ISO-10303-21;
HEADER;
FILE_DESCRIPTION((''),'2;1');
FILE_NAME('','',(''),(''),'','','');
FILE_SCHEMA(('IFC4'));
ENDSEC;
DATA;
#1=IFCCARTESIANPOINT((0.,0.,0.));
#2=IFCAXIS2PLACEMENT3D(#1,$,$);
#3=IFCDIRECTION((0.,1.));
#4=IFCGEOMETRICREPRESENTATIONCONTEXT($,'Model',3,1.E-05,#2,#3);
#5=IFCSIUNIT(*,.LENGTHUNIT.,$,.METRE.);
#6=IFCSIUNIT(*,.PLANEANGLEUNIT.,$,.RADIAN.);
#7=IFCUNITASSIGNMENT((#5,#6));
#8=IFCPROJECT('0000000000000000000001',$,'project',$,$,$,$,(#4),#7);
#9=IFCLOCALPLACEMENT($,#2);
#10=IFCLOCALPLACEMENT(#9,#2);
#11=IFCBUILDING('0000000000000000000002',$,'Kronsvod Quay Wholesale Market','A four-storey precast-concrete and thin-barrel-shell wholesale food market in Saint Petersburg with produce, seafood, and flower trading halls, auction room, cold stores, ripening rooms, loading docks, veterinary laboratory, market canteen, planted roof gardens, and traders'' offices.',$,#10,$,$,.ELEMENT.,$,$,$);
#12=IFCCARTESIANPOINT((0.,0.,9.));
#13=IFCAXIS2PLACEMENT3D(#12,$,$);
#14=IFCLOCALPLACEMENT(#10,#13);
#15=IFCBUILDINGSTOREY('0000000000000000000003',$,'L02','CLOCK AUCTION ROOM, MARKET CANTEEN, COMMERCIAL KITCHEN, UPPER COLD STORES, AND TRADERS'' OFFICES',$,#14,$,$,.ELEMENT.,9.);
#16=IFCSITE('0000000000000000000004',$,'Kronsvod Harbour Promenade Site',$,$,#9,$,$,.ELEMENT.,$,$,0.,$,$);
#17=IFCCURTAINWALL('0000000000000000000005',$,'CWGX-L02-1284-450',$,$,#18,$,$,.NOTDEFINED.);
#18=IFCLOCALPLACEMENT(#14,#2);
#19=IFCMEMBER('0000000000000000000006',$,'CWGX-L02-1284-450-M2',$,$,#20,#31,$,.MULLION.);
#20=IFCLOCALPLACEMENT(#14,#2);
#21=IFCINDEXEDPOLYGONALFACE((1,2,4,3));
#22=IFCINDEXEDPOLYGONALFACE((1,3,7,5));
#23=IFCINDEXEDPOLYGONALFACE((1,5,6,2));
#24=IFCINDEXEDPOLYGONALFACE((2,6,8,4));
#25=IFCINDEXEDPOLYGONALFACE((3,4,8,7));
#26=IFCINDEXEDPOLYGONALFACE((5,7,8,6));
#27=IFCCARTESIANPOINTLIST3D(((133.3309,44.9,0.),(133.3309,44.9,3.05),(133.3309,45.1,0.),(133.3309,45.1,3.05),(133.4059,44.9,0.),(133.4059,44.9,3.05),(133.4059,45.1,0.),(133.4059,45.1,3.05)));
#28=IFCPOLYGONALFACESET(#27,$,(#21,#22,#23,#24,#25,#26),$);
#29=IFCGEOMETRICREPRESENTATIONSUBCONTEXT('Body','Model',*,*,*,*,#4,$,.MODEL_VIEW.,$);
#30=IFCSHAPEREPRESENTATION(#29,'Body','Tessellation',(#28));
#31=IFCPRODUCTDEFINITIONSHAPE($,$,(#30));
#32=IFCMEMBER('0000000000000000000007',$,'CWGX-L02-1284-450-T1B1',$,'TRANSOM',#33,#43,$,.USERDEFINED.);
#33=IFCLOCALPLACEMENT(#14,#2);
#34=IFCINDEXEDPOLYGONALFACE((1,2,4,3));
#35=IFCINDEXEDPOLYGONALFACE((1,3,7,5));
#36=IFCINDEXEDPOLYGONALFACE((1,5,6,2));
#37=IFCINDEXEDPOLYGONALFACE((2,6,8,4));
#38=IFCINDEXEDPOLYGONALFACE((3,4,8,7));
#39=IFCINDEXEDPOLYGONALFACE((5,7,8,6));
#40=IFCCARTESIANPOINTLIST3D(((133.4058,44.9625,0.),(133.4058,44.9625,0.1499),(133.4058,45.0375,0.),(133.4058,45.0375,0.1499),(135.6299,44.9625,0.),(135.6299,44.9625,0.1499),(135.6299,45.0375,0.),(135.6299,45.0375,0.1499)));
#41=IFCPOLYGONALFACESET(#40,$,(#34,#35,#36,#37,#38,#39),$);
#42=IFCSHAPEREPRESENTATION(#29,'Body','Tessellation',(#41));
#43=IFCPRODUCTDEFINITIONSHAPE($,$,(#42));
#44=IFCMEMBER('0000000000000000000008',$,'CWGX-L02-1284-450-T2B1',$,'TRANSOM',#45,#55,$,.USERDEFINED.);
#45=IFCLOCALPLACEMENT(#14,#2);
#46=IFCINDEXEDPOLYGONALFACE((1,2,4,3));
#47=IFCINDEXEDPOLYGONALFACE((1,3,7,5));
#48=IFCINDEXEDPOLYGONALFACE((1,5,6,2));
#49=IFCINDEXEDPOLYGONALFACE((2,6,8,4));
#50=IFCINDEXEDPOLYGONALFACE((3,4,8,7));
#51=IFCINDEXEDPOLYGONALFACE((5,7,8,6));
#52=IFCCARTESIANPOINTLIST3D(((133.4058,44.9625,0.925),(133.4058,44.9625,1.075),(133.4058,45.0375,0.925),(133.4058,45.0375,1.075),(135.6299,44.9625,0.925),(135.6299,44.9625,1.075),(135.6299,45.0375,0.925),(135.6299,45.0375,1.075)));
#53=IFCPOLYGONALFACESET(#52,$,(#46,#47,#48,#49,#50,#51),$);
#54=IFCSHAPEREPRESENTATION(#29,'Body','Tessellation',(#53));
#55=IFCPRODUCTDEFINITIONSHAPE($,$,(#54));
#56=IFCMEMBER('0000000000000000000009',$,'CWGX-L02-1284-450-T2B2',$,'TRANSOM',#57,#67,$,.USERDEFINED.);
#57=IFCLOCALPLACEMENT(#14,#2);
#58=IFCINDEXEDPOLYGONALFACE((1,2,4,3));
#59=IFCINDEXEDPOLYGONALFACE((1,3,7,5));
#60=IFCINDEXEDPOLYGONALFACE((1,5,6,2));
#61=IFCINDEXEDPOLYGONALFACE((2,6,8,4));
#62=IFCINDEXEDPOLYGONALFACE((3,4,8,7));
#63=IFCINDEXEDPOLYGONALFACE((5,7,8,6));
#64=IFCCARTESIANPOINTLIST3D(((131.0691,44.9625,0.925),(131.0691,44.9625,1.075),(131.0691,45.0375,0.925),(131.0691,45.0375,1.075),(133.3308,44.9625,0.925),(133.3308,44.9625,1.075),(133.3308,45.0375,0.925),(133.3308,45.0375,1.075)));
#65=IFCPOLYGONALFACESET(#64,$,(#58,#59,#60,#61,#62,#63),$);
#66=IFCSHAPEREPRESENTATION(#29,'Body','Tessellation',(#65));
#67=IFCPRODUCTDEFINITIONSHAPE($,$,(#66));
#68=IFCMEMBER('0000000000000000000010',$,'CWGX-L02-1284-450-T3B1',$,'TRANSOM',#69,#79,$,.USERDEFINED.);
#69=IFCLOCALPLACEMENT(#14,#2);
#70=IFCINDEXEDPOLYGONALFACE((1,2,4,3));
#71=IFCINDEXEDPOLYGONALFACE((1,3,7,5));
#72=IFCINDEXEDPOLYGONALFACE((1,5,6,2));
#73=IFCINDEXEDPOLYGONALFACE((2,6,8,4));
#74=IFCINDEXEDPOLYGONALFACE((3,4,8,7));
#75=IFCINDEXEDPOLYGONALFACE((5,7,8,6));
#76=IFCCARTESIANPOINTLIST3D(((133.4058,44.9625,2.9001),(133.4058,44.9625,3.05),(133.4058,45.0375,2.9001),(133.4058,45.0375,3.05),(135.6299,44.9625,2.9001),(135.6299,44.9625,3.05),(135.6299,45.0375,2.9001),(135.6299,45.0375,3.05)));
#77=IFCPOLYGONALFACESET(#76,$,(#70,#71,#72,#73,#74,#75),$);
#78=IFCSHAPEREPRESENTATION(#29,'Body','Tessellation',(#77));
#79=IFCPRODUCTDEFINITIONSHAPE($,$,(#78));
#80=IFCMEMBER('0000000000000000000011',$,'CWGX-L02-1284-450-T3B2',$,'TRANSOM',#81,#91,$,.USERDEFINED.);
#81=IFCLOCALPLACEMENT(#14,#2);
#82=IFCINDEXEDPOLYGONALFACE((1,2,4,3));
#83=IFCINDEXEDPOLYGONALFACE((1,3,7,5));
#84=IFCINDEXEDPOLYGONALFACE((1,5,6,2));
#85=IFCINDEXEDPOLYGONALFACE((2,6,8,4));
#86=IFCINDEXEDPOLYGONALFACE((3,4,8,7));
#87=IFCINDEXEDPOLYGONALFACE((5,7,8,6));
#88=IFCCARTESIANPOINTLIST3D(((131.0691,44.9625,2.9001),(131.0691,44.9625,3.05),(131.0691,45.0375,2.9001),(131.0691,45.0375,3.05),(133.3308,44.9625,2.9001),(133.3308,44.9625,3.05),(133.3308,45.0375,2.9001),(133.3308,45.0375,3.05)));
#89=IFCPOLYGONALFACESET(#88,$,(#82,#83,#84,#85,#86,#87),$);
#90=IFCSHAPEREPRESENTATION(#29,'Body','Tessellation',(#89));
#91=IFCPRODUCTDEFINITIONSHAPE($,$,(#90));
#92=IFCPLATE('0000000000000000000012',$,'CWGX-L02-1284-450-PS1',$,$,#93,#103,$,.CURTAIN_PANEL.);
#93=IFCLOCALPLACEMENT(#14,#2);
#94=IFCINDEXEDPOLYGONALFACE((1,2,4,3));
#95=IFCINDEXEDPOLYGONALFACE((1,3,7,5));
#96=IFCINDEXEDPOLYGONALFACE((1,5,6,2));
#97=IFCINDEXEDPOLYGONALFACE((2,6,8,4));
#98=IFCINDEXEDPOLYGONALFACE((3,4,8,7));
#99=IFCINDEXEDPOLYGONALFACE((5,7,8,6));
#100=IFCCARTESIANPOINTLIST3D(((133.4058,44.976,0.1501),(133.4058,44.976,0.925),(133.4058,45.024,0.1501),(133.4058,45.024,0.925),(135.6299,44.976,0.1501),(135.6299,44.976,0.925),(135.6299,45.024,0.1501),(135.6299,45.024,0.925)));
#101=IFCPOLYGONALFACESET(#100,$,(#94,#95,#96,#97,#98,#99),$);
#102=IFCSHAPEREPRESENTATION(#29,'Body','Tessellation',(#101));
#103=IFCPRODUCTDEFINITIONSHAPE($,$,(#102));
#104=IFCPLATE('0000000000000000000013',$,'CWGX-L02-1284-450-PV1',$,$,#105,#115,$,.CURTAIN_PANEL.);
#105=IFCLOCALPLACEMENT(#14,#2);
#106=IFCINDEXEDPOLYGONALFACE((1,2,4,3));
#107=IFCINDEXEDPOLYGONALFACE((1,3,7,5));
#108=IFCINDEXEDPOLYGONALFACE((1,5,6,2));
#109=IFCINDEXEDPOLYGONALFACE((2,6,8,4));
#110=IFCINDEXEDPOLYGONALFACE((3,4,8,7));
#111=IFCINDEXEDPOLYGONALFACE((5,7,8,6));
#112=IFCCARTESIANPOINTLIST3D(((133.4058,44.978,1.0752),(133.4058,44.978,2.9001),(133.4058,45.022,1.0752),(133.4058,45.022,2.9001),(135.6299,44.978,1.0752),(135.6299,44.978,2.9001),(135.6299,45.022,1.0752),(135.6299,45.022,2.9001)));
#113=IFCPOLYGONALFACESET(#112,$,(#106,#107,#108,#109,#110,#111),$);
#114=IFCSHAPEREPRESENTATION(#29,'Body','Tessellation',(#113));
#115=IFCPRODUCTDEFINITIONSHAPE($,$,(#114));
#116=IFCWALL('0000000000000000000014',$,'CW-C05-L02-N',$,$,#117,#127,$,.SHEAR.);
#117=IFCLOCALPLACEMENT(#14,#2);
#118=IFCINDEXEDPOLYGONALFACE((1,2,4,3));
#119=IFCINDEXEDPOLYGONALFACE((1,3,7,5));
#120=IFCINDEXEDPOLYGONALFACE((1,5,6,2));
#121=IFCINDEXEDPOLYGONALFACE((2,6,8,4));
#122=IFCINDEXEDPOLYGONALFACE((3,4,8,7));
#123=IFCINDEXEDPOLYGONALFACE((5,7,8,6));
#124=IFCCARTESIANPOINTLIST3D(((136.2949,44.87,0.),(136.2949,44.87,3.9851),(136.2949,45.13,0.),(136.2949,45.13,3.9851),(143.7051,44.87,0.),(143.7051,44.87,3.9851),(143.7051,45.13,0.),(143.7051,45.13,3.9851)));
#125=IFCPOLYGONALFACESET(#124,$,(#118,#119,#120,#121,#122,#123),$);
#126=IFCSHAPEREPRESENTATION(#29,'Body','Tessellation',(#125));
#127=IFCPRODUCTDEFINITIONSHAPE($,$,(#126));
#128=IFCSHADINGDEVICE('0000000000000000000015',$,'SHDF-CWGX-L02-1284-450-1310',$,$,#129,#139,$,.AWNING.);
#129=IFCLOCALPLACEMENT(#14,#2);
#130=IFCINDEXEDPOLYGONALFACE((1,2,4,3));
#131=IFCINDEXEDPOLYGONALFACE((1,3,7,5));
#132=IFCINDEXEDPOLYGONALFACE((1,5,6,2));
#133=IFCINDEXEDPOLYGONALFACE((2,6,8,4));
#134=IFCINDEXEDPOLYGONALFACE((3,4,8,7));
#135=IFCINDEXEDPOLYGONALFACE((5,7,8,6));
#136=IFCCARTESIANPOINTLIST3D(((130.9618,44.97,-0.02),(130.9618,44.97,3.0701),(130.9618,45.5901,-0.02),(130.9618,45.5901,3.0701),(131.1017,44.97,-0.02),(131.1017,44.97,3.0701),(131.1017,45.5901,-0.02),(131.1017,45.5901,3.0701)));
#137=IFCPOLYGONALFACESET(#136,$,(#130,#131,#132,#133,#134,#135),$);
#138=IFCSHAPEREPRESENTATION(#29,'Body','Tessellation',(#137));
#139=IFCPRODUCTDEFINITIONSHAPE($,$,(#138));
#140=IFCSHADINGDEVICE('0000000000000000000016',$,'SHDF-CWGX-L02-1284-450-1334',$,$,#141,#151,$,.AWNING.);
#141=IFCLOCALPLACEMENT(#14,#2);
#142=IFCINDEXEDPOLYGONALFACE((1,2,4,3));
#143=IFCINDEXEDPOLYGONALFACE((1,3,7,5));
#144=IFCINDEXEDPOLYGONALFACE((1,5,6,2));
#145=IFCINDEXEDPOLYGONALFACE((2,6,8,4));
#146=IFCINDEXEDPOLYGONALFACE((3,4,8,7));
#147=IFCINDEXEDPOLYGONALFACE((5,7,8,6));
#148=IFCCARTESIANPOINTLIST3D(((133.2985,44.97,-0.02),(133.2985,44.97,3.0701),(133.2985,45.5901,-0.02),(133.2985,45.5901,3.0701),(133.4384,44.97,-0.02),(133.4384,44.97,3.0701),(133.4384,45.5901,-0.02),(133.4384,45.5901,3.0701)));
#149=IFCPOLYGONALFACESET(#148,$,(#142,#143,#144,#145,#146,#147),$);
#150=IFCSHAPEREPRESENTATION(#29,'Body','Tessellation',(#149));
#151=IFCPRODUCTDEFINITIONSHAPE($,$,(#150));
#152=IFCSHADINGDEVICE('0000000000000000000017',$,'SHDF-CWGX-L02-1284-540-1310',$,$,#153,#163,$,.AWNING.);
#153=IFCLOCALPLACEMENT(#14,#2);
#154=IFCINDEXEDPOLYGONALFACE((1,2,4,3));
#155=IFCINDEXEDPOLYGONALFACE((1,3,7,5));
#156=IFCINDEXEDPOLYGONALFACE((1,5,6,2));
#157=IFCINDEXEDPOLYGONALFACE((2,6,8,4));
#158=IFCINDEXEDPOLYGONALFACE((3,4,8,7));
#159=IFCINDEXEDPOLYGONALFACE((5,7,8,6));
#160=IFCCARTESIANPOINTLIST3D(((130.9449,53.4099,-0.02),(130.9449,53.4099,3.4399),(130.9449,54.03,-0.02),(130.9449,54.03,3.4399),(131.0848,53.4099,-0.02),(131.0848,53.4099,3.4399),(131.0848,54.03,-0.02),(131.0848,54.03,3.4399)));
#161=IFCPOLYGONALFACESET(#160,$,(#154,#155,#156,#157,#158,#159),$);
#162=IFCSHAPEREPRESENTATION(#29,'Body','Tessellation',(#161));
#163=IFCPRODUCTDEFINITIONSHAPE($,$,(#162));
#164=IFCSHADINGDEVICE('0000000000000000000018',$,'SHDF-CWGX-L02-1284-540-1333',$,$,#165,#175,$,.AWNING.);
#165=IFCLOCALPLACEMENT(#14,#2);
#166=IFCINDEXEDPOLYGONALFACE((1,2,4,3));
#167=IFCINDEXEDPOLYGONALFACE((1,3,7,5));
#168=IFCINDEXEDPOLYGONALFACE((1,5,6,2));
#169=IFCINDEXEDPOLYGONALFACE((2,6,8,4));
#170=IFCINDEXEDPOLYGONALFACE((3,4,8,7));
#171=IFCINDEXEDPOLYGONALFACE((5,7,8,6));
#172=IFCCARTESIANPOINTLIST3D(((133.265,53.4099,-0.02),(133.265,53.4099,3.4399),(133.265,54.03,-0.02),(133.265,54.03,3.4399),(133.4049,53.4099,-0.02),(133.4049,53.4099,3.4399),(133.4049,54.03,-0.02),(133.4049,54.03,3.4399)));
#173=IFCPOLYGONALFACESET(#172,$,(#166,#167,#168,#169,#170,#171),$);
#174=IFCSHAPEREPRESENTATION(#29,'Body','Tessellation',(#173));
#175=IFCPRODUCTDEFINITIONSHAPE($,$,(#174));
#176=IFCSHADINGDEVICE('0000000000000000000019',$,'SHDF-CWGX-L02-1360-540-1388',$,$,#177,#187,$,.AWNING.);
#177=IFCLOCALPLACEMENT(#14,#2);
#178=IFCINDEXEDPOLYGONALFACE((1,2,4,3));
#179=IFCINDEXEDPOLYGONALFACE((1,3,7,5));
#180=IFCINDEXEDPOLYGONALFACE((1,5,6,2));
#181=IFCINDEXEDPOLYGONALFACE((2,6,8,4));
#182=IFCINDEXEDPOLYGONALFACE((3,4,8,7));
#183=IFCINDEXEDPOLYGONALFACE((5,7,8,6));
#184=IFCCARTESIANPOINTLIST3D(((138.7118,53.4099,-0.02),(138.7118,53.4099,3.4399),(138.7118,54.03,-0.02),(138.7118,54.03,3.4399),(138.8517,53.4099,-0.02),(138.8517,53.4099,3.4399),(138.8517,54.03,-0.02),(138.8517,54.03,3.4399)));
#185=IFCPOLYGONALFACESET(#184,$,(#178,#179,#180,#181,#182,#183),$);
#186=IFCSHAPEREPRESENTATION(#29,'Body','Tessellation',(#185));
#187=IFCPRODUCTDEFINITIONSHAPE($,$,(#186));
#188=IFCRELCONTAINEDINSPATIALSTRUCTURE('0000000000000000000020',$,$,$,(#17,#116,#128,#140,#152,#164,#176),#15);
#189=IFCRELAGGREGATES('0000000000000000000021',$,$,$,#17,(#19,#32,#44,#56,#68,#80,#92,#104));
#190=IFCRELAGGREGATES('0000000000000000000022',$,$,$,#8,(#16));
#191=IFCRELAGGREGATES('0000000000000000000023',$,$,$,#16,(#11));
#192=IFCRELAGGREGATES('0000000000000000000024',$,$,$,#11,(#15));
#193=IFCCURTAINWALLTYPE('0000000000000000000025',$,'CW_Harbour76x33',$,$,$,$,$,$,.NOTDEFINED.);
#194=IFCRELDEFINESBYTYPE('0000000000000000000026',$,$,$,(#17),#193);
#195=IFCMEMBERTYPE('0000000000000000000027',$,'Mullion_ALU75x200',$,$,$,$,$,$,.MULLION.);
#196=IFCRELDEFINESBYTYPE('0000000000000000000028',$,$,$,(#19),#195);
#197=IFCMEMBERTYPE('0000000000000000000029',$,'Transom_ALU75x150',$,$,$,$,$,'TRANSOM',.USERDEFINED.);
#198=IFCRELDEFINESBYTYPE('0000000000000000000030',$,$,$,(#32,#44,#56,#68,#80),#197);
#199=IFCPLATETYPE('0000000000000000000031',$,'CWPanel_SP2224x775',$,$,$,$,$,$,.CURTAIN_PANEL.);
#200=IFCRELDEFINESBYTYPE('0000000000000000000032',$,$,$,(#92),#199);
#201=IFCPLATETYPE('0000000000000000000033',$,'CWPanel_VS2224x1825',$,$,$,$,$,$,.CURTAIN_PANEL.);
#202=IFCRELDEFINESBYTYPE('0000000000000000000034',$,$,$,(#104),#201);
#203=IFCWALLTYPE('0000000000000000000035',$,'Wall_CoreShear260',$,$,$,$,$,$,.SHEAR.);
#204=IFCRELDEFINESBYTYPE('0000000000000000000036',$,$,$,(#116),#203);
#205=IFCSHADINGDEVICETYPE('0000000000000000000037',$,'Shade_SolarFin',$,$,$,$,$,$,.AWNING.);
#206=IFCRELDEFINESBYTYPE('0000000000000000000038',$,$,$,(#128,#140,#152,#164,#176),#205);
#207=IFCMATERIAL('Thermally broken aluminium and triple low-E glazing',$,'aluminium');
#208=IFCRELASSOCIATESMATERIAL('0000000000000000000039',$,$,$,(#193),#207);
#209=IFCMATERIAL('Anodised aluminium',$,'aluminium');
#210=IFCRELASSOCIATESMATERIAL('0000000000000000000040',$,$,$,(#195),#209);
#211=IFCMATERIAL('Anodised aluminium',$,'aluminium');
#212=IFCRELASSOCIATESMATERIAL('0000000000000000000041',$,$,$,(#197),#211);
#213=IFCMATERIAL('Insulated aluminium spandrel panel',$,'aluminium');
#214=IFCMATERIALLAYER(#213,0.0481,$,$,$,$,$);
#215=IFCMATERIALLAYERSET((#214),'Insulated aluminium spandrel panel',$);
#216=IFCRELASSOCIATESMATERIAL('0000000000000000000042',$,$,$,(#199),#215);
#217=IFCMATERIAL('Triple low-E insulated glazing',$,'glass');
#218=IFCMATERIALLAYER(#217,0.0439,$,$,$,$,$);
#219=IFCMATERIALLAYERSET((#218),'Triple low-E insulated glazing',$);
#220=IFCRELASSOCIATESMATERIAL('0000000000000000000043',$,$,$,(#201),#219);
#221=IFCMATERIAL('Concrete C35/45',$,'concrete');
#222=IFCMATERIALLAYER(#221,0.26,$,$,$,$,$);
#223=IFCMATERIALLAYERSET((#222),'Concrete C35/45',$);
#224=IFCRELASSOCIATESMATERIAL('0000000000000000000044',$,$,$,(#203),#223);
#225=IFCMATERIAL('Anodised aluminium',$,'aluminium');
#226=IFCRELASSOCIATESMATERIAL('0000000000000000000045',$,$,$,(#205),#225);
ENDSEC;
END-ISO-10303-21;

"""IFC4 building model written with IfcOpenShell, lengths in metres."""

from ifc_helpers import new_model, si_unit, direction, frame, frame_2d, origin, origin_2d, place, context, subcontext, project, spatial, rectangle, extrude, material, layer, layer_set, material_profile, profile_set, type_object, element, aggregate, save


model = new_model("IFC4")

# Units and contexts
model_context = context("Model", 3, precision=1e-05, world=origin(), true_north=direction((0.0, 1.0)))
body_context = subcontext(model_context, "Body", "Model", "MODEL_VIEW")
ifc_project = project(units=[si_unit("LENGTHUNIT", "METRE"), si_unit("PLANEANGLEUNIT", "RADIAN")], contexts=[model_context])

# Site, building, storey
site_placement = place(None, origin())
site = spatial("IfcSite", under=ifc_project, at=site_placement, Name="Kronsvod Harbour Promenade Site", CompositionType="ELEMENT", RefElevation=0.0)
building_placement = place(site_placement, origin())
building = spatial("IfcBuilding", under=site, at=building_placement, Name="Kronsvod Quay Wholesale Market", Description="A four-storey precast-concrete and thin-barrel-shell wholesale food market in Saint Petersburg with produce, seafood, and flower trading halls, auction room, cold stores, ripening rooms, loading docks, veterinary laboratory, market canteen, planted roof gardens, and traders' offices.", CompositionType="ELEMENT")
storey_placement = place(building_placement, frame((0.0, 0.0, 9.0)))
storey = spatial("IfcBuildingStorey", under=building, at=storey_placement, Name="L02", Description="CLOCK AUCTION ROOM, MARKET CANTEEN, COMMERCIAL KITCHEN, UPPER COLD STORES, AND TRADERS' OFFICES", CompositionType="ELEMENT", Elevation=9.0)

# Curtain wall, members, plates
ifc_material_1 = material(Name="Thermally broken aluminium and triple low-E glazing", Category="aluminium")
curtain_wall_type = type_object("IfcCurtainWallType", Name="CW_Harbour76x33", PredefinedType="NOTDEFINED", material=ifc_material_1)
curtain_wall_placement = place(storey_placement, origin())
curtain_wall = element("IfcCurtainWall", 1, at=curtain_wall_placement, inside=storey, type_object=curtain_wall_type, Name="CWGX-L02-1284-450", PredefinedType="NOTDEFINED")
ifc_material_2 = material(Name="Anodised aluminium", Category="aluminium")
ifc_material_profile_1 = material_profile(ifc_material_2, rectangle(XDim=0.075, YDim=0.2, at=origin_2d()), Name="ALUM75x200")
ifc_profile_set_1 = profile_set([ifc_material_profile_1], Name="Anodised aluminium")
member_type_1 = type_object("IfcMemberType", Name="Mullion_ALU75x200", PredefinedType="MULLION", material=ifc_profile_set_1)
member_1_placement = place(storey_placement, frame((133.3684, 45.0, 0.0), z_axis=(0.0, 0.0, 1.0), x_axis=(1.0, 0.0, 0.0)))
member_1 = element("IfcMember", 2, at=member_1_placement, type_object=member_type_1, Name="CWGX-L02-1284-450-M2", PredefinedType="MULLION", context=body_context, shape_type="SweptSolid", body=[
    extrude(rectangle(XDim=0.075, YDim=0.2, at=origin_2d()), origin(), (0.0, 0.0, 1.0), 3.05),
])
ifc_material_3 = material(Name="Anodised aluminium", Category="aluminium")
ifc_material_profile_2 = material_profile(ifc_material_3, rectangle(XDim=0.075, YDim=0.1499, at=origin_2d()), Name="ALUT75x150")
ifc_profile_set_2 = profile_set([ifc_material_profile_2], Name="Anodised aluminium")
member_type_2 = type_object("IfcMemberType", Name="Transom_ALU75x150", ElementType="TRANSOM", PredefinedType="USERDEFINED", material=ifc_profile_set_2)
member_2_placement = place(storey_placement, frame((135.6299, 45.0, 0.075), z_axis=(-1.0, 0.0, 0.0), x_axis=(0.0, -1.0, 0.0)))
member_2 = element("IfcMember", 3, at=member_2_placement, type_object=member_type_2, Name="CWGX-L02-1284-450-T1B1", ObjectType="TRANSOM", PredefinedType="USERDEFINED", context=body_context, shape_type="SweptSolid", body=[
    extrude(rectangle(XDim=0.075, YDim=0.1499, at=origin_2d()), origin(), (0.0, 0.0, 1.0), 2.2241),
])
member_3_placement = place(storey_placement, frame((135.6299, 45.0, 1.0), z_axis=(-1.0, 0.0, 0.0), x_axis=(0.0, -1.0, 0.0)))
member_3 = element("IfcMember", 4, at=member_3_placement, type_object=member_type_2, Name="CWGX-L02-1284-450-T2B1", ObjectType="TRANSOM", PredefinedType="USERDEFINED", context=body_context, shape_type="SweptSolid", body=[
    extrude(rectangle(XDim=0.075, YDim=0.1499, at=origin_2d()), origin(), (0.0, 0.0, 1.0), 2.2241),
])
member_4_placement = place(storey_placement, frame((133.3308, 45.0, 1.0), z_axis=(-1.0, 0.0, 0.0), x_axis=(0.0, -1.0, 0.0)))
member_4 = element("IfcMember", 5, at=member_4_placement, type_object=member_type_2, Name="CWGX-L02-1284-450-T2B2", ObjectType="TRANSOM", PredefinedType="USERDEFINED", context=body_context, shape_type="SweptSolid", body=[
    extrude(rectangle(XDim=0.075, YDim=0.1499, at=origin_2d()), origin(), (0.0, 0.0, 1.0), 2.2617),
])
member_5_placement = place(storey_placement, frame((135.6299, 45.0, 2.9751), z_axis=(-1.0, 0.0, 0.0), x_axis=(0.0, -1.0, 0.0)))
member_5 = element("IfcMember", 6, at=member_5_placement, type_object=member_type_2, Name="CWGX-L02-1284-450-T3B1", ObjectType="TRANSOM", PredefinedType="USERDEFINED", context=body_context, shape_type="SweptSolid", body=[
    extrude(rectangle(XDim=0.075, YDim=0.1499, at=origin_2d()), origin(), (0.0, 0.0, 1.0), 2.2241),
])
member_6_placement = place(storey_placement, frame((133.3308, 45.0, 2.9751), z_axis=(-1.0, 0.0, 0.0), x_axis=(0.0, -1.0, 0.0)))
member_6 = element("IfcMember", 7, at=member_6_placement, type_object=member_type_2, Name="CWGX-L02-1284-450-T3B2", ObjectType="TRANSOM", PredefinedType="USERDEFINED", context=body_context, shape_type="SweptSolid", body=[
    extrude(rectangle(XDim=0.075, YDim=0.1499, at=origin_2d()), origin(), (0.0, 0.0, 1.0), 2.2617),
])
ifc_material_4 = material(Name="Insulated aluminium spandrel panel", Category="aluminium")
ifc_layer_1 = layer(ifc_material_4, 0.0481)
ifc_layer_set_1 = layer_set([ifc_layer_1], Name="Insulated aluminium spandrel panel")
plate_type_1 = type_object("IfcPlateType", Name="CWPanel_SP2224x775", PredefinedType="CURTAIN_PANEL", material=ifc_layer_set_1)
plate_1_placement = place(storey_placement, frame((134.5178, 45.0, 0.1501), z_axis=(0.0, 0.0, 1.0), x_axis=(-1.0, 0.0, 0.0)))
plate_1 = element("IfcPlate", 8, at=plate_1_placement, type_object=plate_type_1, Name="CWGX-L02-1284-450-PS1", PredefinedType="CURTAIN_PANEL", context=body_context, shape_type="SweptSolid", body=[
    extrude(rectangle(XDim=2.2241, YDim=0.0481, at=origin_2d()), origin(), (0.0, 0.0, 1.0), 0.7749),
])
ifc_material_5 = material(Name="Triple low-E insulated glazing", Category="glass")
ifc_layer_2 = layer(ifc_material_5, 0.0439)
ifc_layer_set_2 = layer_set([ifc_layer_2], Name="Triple low-E insulated glazing")
plate_type_2 = type_object("IfcPlateType", Name="CWPanel_VS2224x1825", PredefinedType="CURTAIN_PANEL", material=ifc_layer_set_2)
plate_2_placement = place(storey_placement, frame((134.5178, 45.0, 1.0752), z_axis=(0.0, 0.0, 1.0), x_axis=(-1.0, 0.0, 0.0)))
plate_2 = element("IfcPlate", 9, at=plate_2_placement, type_object=plate_type_2, Name="CWGX-L02-1284-450-PV1", PredefinedType="CURTAIN_PANEL", context=body_context, shape_type="SweptSolid", body=[
    extrude(rectangle(XDim=2.2241, YDim=0.0439, at=origin_2d()), origin(), (0.0, 0.0, 1.0), 1.825),
])
aggregate(curtain_wall, [member_1, member_2, member_3, member_4, member_5, member_6, plate_1, plate_2])

# Wall
ifc_material_6 = material(Name="Concrete C35/45", Category="concrete")
ifc_layer_3 = layer(ifc_material_6, 0.26)
ifc_layer_set_3 = layer_set([ifc_layer_3], Name="Concrete C35/45")
wall_type = type_object("IfcWallType", Name="Wall_CoreShear260", PredefinedType="SHEAR", material=ifc_layer_set_3)
wall_placement = place(storey_placement, frame((136.2949, 45.0, 0.0), z_axis=(0.0, 0.0, 1.0), x_axis=(1.0, 0.0, 0.0)))
element("IfcWall", 10, at=wall_placement, inside=storey, type_object=wall_type, Name="CW-C05-L02-N", PredefinedType="SHEAR", context=body_context, shape_type="SweptSolid", body=[
    extrude(rectangle(XDim=7.4102, YDim=0.26, at=frame_2d((3.7051, 0.0))), origin(), (0.0, 0.0, 1.0), 3.9851),
])

# Shading devices
ifc_material_7 = material(Name="Anodised aluminium", Category="aluminium")
shading_device_type_1 = type_object("IfcShadingDeviceType", Name="Shade_SolarFin", PredefinedType="AWNING", material=ifc_material_7)
for number, where, z_axis, x_axis, name in (
    (11, (131.0317, 45.28, -0.02), (0.0, 0.0, 1.0), (1.0, 0.0, 0.0), "SHDF-CWGX-L02-1284-450-1310"),
    (12, (133.3684, 45.28, -0.02), (0.0, 0.0, 1.0), (1.0, 0.0, 0.0), "SHDF-CWGX-L02-1284-450-1334"),
):
    element("IfcShadingDevice", number, at=place(storey_placement, frame(where, z_axis=z_axis, x_axis=x_axis)), inside=storey, type_object=shading_device_type_1, Name=name, PredefinedType="AWNING", context=body_context, shape_type="SweptSolid", body=[
        extrude(rectangle(XDim=0.1399, YDim=0.6201, at=origin_2d()), origin(), (0.0, 0.0, 1.0), 3.0901),
    ])
for number, where, z_axis, x_axis, name in (
    (13, (131.0149, 53.72, -0.02), (0.0, 0.0, 1.0), (1.0, 0.0, 0.0), "SHDF-CWGX-L02-1284-540-1310"),
    (14, (133.335, 53.72, -0.02), (0.0, 0.0, 1.0), (1.0, 0.0, 0.0), "SHDF-CWGX-L02-1284-540-1333"),
    (15, (138.7817, 53.72, -0.02), (0.0, 0.0, 1.0), (1.0, 0.0, 0.0), "SHDF-CWGX-L02-1360-540-1388"),
):
    element("IfcShadingDevice", number, at=place(storey_placement, frame(where, z_axis=z_axis, x_axis=x_axis)), inside=storey, type_object=shading_device_type_1, Name=name, PredefinedType="AWNING", context=body_context, shape_type="SweptSolid", body=[
        extrude(rectangle(XDim=0.1399, YDim=0.6201, at=origin_2d()), origin(), (0.0, 0.0, 1.0), 3.46),
    ])

save(model, "model.ifc")
